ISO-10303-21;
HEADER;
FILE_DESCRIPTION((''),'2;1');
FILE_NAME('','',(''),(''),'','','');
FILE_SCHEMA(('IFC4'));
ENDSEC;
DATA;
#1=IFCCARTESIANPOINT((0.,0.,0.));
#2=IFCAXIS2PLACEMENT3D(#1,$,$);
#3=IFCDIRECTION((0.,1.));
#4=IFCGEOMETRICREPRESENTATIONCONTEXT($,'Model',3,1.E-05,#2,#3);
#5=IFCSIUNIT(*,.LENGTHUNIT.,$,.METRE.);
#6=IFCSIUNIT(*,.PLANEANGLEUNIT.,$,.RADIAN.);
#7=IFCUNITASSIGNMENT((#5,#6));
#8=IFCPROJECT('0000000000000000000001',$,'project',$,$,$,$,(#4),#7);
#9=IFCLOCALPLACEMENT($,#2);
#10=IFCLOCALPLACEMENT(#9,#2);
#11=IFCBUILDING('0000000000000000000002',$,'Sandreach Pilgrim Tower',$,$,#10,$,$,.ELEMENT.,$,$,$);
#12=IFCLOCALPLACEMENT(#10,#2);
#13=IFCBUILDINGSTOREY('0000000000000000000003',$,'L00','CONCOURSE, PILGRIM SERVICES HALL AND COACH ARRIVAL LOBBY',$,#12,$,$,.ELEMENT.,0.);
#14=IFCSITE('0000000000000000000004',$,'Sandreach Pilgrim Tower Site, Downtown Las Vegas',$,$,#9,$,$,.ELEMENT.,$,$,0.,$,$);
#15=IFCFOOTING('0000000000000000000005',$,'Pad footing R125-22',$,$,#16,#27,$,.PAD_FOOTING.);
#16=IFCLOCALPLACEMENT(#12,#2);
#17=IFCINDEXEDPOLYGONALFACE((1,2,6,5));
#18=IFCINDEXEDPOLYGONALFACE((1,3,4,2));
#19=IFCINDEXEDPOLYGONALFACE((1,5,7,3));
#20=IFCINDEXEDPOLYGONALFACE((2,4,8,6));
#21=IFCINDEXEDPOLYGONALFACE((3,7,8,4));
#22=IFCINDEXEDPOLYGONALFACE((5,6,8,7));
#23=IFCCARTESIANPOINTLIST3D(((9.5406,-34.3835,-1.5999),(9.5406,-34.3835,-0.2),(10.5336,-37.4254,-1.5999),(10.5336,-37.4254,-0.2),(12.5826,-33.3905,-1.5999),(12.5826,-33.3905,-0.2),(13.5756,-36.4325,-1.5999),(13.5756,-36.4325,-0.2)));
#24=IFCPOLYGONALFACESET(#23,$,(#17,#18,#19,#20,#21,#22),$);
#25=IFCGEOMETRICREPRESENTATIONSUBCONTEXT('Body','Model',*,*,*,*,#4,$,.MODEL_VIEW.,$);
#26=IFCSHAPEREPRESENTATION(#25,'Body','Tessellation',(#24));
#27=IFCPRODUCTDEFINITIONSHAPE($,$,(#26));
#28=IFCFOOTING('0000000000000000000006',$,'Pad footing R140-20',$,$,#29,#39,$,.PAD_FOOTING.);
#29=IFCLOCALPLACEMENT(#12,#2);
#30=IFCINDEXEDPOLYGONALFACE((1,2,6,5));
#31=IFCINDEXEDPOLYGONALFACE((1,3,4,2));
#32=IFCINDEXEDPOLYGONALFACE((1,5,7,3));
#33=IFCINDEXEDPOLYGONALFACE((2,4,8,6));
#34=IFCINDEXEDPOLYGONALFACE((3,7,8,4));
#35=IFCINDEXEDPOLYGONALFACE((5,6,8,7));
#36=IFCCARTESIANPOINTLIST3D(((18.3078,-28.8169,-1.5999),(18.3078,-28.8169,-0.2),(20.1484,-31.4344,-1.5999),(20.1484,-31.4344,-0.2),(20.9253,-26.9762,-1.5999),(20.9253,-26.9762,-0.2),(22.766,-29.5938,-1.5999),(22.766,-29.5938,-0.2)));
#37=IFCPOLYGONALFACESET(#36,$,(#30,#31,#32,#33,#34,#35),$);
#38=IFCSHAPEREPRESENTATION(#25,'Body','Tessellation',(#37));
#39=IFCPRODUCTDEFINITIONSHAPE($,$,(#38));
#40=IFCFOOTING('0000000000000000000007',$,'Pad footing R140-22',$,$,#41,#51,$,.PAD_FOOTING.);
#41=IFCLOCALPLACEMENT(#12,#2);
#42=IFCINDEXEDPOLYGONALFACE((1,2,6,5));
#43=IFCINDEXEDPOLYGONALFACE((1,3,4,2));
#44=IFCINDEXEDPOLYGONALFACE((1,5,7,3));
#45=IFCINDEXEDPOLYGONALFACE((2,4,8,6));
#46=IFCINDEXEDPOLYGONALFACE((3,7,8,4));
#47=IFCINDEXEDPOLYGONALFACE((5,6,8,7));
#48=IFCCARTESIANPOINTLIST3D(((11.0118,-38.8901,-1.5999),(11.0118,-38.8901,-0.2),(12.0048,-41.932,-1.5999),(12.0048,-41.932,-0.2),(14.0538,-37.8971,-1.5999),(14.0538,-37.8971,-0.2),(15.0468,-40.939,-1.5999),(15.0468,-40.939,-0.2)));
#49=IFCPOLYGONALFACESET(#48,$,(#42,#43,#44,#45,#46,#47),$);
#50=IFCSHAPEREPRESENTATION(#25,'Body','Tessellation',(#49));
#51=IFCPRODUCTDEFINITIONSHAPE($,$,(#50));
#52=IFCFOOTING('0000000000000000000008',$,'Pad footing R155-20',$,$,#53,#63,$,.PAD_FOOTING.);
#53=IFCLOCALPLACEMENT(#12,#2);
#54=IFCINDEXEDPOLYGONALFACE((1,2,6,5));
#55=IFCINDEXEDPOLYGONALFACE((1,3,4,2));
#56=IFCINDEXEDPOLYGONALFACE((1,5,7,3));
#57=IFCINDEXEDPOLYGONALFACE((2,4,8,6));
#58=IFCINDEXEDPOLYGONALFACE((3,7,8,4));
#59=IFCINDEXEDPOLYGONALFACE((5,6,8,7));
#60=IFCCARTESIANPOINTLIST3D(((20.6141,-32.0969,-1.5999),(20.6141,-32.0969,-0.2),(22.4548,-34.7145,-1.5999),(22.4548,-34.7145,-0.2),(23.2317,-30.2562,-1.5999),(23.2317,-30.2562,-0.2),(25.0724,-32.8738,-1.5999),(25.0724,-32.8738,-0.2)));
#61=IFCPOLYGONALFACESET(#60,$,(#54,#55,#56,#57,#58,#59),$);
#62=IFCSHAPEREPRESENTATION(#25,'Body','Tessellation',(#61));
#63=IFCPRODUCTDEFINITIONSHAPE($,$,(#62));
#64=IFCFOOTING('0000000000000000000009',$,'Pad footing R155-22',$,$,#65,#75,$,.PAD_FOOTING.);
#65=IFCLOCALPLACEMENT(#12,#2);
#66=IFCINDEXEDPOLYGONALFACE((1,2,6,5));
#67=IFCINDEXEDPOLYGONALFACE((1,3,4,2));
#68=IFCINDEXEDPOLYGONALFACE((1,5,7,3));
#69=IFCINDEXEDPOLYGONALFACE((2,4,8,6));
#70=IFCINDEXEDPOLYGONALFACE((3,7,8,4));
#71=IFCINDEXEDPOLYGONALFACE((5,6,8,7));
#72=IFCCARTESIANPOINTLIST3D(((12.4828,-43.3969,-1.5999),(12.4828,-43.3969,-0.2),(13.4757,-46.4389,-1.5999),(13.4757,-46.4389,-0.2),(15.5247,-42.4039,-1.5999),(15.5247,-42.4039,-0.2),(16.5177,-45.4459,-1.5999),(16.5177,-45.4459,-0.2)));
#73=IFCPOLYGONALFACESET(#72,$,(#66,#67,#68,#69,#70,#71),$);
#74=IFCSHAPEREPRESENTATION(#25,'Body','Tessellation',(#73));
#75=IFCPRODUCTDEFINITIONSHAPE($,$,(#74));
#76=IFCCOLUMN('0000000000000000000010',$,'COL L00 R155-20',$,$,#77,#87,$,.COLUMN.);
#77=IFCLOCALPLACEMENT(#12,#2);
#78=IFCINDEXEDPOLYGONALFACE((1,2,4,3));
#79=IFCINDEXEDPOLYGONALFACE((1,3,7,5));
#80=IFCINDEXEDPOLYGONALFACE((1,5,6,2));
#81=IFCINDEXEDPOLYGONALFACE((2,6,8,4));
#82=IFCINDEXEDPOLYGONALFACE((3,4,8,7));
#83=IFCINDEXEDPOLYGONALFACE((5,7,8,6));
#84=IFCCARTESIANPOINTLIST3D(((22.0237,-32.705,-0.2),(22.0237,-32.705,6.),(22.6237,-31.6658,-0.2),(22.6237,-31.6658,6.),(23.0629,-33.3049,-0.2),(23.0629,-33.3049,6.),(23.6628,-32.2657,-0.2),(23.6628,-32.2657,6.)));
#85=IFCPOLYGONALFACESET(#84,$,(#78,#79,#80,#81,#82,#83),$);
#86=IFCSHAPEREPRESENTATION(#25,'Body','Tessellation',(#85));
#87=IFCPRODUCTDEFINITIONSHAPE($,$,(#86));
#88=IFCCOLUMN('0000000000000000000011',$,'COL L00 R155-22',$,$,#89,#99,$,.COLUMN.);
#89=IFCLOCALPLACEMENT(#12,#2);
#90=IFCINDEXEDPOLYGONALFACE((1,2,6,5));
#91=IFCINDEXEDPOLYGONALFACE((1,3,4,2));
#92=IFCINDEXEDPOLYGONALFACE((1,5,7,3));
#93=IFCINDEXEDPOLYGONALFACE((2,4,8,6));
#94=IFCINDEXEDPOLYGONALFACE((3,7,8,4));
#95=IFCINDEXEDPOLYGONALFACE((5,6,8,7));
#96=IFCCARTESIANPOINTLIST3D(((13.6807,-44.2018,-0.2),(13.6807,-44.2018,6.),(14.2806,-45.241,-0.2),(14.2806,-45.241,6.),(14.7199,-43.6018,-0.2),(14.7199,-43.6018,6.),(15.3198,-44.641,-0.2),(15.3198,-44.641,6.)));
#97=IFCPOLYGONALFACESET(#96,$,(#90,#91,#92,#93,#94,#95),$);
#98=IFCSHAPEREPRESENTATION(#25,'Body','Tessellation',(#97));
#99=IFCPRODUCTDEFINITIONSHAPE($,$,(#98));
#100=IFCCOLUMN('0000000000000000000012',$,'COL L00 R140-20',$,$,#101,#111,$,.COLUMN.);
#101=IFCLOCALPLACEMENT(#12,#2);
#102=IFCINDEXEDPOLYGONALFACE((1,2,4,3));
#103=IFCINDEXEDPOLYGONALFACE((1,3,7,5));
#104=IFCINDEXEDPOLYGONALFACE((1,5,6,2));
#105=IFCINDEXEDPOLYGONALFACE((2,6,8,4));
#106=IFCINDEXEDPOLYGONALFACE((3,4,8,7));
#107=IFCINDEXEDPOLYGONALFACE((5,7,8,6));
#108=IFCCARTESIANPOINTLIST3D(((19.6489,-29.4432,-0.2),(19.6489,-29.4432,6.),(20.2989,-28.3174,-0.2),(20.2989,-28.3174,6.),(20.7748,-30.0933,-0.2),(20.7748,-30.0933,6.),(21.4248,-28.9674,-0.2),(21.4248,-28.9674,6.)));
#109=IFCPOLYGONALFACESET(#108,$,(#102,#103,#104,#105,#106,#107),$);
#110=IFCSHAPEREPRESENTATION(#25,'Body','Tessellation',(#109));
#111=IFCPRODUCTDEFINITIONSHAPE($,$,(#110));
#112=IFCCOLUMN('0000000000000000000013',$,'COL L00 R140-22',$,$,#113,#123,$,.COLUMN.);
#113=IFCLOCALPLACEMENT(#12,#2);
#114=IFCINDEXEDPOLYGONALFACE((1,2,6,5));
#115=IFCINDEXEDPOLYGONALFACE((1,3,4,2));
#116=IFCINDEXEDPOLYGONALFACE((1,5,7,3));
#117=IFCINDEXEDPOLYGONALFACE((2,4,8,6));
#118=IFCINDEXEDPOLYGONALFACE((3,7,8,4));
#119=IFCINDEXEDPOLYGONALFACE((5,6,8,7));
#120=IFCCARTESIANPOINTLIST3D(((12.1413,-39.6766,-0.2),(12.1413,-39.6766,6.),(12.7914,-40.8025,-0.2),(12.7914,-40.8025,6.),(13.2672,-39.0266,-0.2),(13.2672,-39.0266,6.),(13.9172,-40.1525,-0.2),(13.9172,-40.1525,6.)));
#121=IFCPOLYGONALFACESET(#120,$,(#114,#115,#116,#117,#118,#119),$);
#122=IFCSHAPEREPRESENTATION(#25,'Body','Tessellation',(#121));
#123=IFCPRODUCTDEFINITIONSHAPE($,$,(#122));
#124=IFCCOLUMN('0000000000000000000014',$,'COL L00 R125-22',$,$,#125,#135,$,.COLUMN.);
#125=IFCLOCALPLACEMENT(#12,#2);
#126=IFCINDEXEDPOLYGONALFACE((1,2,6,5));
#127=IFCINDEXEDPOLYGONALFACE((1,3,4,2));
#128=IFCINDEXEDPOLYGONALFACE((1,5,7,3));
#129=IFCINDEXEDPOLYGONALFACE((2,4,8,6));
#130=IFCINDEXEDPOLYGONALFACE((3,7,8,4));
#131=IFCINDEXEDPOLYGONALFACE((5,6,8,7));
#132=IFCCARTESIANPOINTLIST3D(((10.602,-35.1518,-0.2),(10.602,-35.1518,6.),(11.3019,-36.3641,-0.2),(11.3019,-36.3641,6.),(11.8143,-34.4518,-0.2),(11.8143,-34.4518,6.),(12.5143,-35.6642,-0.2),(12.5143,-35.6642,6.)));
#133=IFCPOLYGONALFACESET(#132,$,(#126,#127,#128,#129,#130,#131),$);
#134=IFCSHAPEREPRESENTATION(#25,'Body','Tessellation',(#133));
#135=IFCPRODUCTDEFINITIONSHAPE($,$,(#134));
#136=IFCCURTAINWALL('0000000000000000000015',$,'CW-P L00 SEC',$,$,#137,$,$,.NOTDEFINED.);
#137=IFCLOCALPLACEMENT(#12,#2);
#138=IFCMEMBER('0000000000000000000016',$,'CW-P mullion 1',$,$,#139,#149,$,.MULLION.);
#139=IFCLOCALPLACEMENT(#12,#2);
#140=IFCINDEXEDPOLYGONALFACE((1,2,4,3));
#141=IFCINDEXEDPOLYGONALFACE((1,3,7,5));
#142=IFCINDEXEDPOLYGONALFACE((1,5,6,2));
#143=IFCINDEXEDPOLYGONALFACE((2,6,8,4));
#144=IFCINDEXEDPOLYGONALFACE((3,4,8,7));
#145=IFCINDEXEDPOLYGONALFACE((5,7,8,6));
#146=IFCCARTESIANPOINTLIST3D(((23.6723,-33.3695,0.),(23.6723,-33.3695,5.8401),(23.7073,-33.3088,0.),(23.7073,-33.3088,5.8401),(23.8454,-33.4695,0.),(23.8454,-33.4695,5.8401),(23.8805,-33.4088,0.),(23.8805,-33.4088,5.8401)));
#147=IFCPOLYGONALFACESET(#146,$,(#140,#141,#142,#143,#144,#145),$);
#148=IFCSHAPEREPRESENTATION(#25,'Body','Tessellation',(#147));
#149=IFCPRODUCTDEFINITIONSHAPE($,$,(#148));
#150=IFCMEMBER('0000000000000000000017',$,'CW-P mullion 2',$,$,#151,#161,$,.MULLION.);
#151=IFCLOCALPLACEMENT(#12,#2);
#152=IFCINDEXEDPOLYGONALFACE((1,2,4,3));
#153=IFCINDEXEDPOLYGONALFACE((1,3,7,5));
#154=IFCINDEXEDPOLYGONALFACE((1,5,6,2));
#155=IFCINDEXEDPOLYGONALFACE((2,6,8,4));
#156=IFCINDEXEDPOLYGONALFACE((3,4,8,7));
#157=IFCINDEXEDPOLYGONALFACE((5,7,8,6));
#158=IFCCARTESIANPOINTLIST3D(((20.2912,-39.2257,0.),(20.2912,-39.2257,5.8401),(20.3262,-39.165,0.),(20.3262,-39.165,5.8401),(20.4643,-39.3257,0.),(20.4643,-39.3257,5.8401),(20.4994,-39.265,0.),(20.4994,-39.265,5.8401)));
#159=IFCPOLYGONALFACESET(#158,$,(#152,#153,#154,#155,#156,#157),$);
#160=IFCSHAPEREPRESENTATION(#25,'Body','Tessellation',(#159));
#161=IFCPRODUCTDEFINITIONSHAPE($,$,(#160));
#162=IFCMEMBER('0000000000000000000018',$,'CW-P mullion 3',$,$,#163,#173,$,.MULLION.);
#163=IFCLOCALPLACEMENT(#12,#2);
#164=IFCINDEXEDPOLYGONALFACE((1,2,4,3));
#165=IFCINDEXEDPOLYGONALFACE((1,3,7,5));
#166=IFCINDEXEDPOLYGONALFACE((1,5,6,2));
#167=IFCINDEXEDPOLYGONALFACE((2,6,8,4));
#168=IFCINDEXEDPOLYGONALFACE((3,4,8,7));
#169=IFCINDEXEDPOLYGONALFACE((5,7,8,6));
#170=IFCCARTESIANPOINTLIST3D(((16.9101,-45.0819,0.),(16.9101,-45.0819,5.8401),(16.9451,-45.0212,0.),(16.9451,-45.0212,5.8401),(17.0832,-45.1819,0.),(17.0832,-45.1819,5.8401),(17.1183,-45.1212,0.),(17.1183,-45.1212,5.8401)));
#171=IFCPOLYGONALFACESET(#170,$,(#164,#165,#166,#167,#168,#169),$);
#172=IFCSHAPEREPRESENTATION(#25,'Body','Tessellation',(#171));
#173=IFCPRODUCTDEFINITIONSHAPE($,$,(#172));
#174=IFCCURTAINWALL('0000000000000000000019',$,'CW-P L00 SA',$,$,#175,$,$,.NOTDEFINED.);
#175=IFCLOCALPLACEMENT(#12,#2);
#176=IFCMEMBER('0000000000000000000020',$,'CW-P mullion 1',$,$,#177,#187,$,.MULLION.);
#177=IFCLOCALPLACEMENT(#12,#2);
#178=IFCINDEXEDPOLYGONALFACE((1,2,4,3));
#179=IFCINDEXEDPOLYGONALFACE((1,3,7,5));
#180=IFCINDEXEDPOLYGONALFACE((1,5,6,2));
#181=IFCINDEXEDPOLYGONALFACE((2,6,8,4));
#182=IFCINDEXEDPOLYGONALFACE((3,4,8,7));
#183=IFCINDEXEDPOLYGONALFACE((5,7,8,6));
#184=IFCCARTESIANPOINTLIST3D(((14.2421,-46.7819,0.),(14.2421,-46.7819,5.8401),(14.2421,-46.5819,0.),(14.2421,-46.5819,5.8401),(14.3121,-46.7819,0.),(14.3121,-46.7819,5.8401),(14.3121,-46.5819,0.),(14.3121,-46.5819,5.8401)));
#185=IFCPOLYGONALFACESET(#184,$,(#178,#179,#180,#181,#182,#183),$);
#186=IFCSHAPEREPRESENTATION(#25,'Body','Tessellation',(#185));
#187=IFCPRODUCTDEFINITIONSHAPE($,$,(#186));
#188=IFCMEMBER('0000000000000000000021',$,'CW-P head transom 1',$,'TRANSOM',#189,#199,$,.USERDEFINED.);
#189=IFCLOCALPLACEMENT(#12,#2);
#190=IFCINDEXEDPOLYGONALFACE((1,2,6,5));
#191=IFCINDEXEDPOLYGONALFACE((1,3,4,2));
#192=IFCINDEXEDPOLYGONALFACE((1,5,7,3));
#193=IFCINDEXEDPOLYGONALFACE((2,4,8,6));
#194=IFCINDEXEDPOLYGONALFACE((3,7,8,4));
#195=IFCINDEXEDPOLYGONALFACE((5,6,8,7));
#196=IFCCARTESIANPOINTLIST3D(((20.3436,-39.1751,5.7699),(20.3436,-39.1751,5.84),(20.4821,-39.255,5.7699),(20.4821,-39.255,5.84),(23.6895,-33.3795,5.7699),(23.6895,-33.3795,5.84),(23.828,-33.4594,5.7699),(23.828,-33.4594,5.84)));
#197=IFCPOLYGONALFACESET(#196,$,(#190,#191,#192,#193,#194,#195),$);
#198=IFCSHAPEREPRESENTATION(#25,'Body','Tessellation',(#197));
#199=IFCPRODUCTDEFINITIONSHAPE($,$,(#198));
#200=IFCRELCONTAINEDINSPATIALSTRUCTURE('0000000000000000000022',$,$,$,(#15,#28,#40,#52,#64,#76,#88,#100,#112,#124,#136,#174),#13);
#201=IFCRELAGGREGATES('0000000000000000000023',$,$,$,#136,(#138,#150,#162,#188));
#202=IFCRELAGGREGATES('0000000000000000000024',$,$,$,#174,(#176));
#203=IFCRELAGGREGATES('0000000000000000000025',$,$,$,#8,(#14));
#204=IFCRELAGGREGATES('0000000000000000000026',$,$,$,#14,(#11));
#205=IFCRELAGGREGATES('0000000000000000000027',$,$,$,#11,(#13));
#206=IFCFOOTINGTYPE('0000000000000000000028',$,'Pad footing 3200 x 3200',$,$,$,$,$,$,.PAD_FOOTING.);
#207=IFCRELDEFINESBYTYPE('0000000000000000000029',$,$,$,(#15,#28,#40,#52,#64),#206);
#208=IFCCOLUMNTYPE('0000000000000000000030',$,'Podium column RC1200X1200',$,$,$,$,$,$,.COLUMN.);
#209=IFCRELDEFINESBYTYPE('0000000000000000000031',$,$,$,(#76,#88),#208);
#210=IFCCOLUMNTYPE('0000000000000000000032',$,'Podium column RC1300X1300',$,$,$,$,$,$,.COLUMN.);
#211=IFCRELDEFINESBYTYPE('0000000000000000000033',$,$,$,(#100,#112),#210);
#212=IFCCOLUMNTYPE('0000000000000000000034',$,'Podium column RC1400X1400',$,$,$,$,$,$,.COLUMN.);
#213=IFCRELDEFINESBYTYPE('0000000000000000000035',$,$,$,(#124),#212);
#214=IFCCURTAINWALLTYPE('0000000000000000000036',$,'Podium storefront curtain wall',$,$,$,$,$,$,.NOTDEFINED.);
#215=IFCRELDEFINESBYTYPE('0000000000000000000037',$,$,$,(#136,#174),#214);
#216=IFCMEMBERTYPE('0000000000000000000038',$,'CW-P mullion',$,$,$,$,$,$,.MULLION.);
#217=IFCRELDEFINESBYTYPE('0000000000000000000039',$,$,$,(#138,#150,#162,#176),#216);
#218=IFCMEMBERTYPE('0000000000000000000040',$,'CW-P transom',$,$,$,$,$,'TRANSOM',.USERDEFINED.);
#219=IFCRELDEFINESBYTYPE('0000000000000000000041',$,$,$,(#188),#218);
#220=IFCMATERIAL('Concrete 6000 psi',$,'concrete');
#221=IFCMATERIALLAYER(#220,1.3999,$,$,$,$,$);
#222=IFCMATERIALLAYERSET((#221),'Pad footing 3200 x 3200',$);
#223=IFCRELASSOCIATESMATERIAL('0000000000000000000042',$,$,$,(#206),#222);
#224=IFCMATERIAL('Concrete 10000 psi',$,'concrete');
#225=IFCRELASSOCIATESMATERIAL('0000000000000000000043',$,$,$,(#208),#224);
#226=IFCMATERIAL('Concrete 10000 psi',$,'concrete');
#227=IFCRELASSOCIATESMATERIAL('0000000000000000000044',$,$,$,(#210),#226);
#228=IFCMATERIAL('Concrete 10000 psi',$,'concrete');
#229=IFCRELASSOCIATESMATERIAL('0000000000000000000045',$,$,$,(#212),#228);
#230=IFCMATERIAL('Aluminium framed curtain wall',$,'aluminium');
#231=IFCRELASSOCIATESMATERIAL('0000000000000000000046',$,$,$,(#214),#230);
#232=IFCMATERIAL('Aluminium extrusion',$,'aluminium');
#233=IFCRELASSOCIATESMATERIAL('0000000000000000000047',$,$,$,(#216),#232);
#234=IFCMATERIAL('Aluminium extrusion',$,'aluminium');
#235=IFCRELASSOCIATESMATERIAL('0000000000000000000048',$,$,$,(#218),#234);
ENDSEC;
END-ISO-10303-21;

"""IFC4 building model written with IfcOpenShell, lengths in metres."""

from ifc_helpers import new_model, si_unit, direction, frame, origin, origin_2d, place, context, subcontext, project, spatial, rectangle, extrude, material, layer, layer_set, material_profile, profile_set, type_object, element, aggregate, save


model = new_model("IFC4")

# Units and contexts
model_context = context("Model", 3, precision=1e-05, world=origin(), true_north=direction((0.0, 1.0)))
body_context = subcontext(model_context, "Body", "Model", "MODEL_VIEW")
ifc_project = project(units=[si_unit("LENGTHUNIT", "METRE"), si_unit("PLANEANGLEUNIT", "RADIAN")], contexts=[model_context])

# Site, building, storey
site_placement = place(None, origin())
site = spatial("IfcSite", under=ifc_project, at=site_placement, Name="Sandreach Pilgrim Tower Site, Downtown Las Vegas", CompositionType="ELEMENT", RefElevation=0.0)
building_placement = place(site_placement, origin())
building = spatial("IfcBuilding", under=site, at=building_placement, Name="Sandreach Pilgrim Tower", CompositionType="ELEMENT")
storey_placement = place(building_placement, origin())
storey = spatial("IfcBuildingStorey", under=building, at=storey_placement, Name="L00", Description="CONCOURSE, PILGRIM SERVICES HALL AND COACH ARRIVAL LOBBY", CompositionType="ELEMENT", Elevation=0.0)

# Footings
ifc_material_1 = material(Name="Concrete 6000 psi", Category="concrete")
ifc_layer_1 = layer(ifc_material_1, 1.3999)
ifc_layer_set_1 = layer_set([ifc_layer_1], Name="Pad footing 3200 x 3200")
footing_type = type_object("IfcFootingType", Name="Pad footing 3200 x 3200", PredefinedType="PAD_FOOTING", material=ifc_layer_set_1)
for number, where, z_axis, x_axis, name in (
    (1, (11.5581, -35.408, -1.5999), (0.0, 0.0, 1.0), (0.310313, -0.950635, 0.0), "Pad footing R125-22"),
    (2, (20.5369, -29.2053, -1.5999), (0.0, 0.0, 1.0), (0.575212, -0.818005, 0.0), "Pad footing R140-20"),
    (3, (13.0293, -39.9146, -1.5999), (0.0, 0.0, 1.0), (0.310313, -0.950635, 0.0), "Pad footing R140-22"),
    (4, (22.8433, -32.4854, -1.5999), (0.0, 0.0, 1.0), (0.575212, -0.818005, 0.0), "Pad footing R155-20"),
    (5, (14.5002, -44.4214, -1.5999), (0.0, 0.0, 1.0), (0.310313, -0.950635, 0.0), "Pad footing R155-22"),
):
    element("IfcFooting", number, at=place(storey_placement, frame(where, z_axis=z_axis, x_axis=x_axis)), inside=storey, type_object=footing_type, Name=name, PredefinedType="PAD_FOOTING", context=body_context, shape_type="SweptSolid", body=[
        extrude(rectangle(XDim=3.2, YDim=3.2, at=origin_2d()), origin(), (0.0, 0.0, 1.0), 1.3999),
    ])

# Columns
ifc_material_2 = material(Name="Concrete 10000 psi", Category="concrete")
ifc_material_profile_1 = material_profile(ifc_material_2, rectangle(XDim=1.2, YDim=1.2, at=origin_2d()), Name="RC1200X1200")
ifc_profile_set_1 = profile_set([ifc_material_profile_1], Name="Concrete 10000 psi")
column_type_1 = type_object("IfcColumnType", Name="Podium column RC1200X1200", PredefinedType="COLUMN", material=ifc_profile_set_1)
for number, where, z_axis, x_axis, name in (
    (6, (22.8433, -32.4854, -0.2), (0.0, 0.0, 1.0), (0.866025, -0.5, 0.0), "COL L00 R155-20"),
    (7, (14.5002, -44.4214, -0.2), (0.0, 0.0, 1.0), (0.5, -0.866025, 0.0), "COL L00 R155-22"),
):
    element("IfcColumn", number, at=place(storey_placement, frame(where, z_axis=z_axis, x_axis=x_axis)), inside=storey, type_object=column_type_1, Name=name, PredefinedType="COLUMN", context=body_context, shape_type="SweptSolid", body=[
        extrude(rectangle(XDim=1.2, YDim=1.2, at=origin_2d()), origin(), (0.0, 0.0, 1.0), 6.2),
    ])
ifc_material_3 = material(Name="Concrete 10000 psi", Category="concrete")
ifc_material_profile_2 = material_profile(ifc_material_3, rectangle(XDim=1.3, YDim=1.3, at=origin_2d()), Name="RC1300X1300")
ifc_profile_set_2 = profile_set([ifc_material_profile_2], Name="Concrete 10000 psi")
column_type_2 = type_object("IfcColumnType", Name="Podium column RC1300X1300", PredefinedType="COLUMN", material=ifc_profile_set_2)
for number, where, z_axis, x_axis, name in (
    (8, (20.5369, -29.2053, -0.2), (0.0, 0.0, 1.0), (0.866025, -0.5, 0.0), "COL L00 R140-20"),
    (9, (13.0293, -39.9146, -0.2), (0.0, 0.0, 1.0), (0.5, -0.866025, 0.0), "COL L00 R140-22"),
):
    element("IfcColumn", number, at=place(storey_placement, frame(where, z_axis=z_axis, x_axis=x_axis)), inside=storey, type_object=column_type_2, Name=name, PredefinedType="COLUMN", context=body_context, shape_type="SweptSolid", body=[
        extrude(rectangle(XDim=1.3, YDim=1.3, at=origin_2d()), origin(), (0.0, 0.0, 1.0), 6.2),
    ])
ifc_material_4 = material(Name="Concrete 10000 psi", Category="concrete")
ifc_material_profile_3 = material_profile(ifc_material_4, rectangle(XDim=1.3999, YDim=1.3999, at=origin_2d()), Name="RC1400X1400")
ifc_profile_set_3 = profile_set([ifc_material_profile_3], Name="Concrete 10000 psi")
column_type_3 = type_object("IfcColumnType", Name="Podium column RC1400X1400", PredefinedType="COLUMN", material=ifc_profile_set_3)
column_placement = place(storey_placement, frame((11.5581, -35.408, -0.2), z_axis=(0.0, 0.0, 1.0), x_axis=(0.5, -0.866025, 0.0)))
element("IfcColumn", 10, at=column_placement, inside=storey, type_object=column_type_3, Name="COL L00 R125-22", PredefinedType="COLUMN", context=body_context, shape_type="SweptSolid", body=[
    extrude(rectangle(XDim=1.3999, YDim=1.3999, at=origin_2d()), origin(), (0.0, 0.0, 1.0), 6.2),
])

# Curtain wall, members
ifc_material_5 = material(Name="Aluminium framed curtain wall", Category="aluminium")
curtain_wall_type = type_object("IfcCurtainWallType", Name="Podium storefront curtain wall", PredefinedType="NOTDEFINED", material=ifc_material_5)
curtain_wall_1_placement = place(storey_placement, origin())
curtain_wall_1 = element("IfcCurtainWall", 11, at=curtain_wall_1_placement, inside=storey, type_object=curtain_wall_type, Name="CW-P L00 SEC", PredefinedType="NOTDEFINED")
ifc_material_6 = material(Name="Aluminium extrusion", Category="aluminium")
ifc_material_profile_4 = material_profile(ifc_material_6, rectangle(XDim=0.0701, YDim=0.2, at=origin_2d()), Name="CW-PM 70X200")
ifc_profile_set_4 = profile_set([ifc_material_profile_4], Name="Aluminium extrusion")
member_type_1 = type_object("IfcMemberType", Name="CW-P mullion", PredefinedType="MULLION", material=ifc_profile_set_4)
member_1_placement = place(storey_placement, frame((23.7764, -33.3892, 0.0), z_axis=(0.0, 0.0, 1.0), x_axis=(-0.5, -0.866025, 0.0)))
member_1 = element("IfcMember", 12, at=member_1_placement, type_object=member_type_1, Name="CW-P mullion 1", PredefinedType="MULLION", context=body_context, shape_type="SweptSolid", body=[
    extrude(rectangle(XDim=0.0701, YDim=0.2, at=origin_2d()), origin(), (0.0, 0.0, 1.0), 5.8401),
])
member_2_placement = place(storey_placement, frame((20.3953, -39.2454, 0.0), z_axis=(0.0, 0.0, 1.0), x_axis=(-0.5, -0.866025, 0.0)))
member_2 = element("IfcMember", 13, at=member_2_placement, type_object=member_type_1, Name="CW-P mullion 2", PredefinedType="MULLION", context=body_context, shape_type="SweptSolid", body=[
    extrude(rectangle(XDim=0.0701, YDim=0.2, at=origin_2d()), origin(), (0.0, 0.0, 1.0), 5.8401),
])
member_3_placement = place(storey_placement, frame((17.0142, -45.1016, 0.0), z_axis=(0.0, 0.0, 1.0), x_axis=(-0.5, -0.866025, 0.0)))
member_3 = element("IfcMember", 14, at=member_3_placement, type_object=member_type_1, Name="CW-P mullion 3", PredefinedType="MULLION", context=body_context, shape_type="SweptSolid", body=[
    extrude(rectangle(XDim=0.0701, YDim=0.2, at=origin_2d()), origin(), (0.0, 0.0, 1.0), 5.8401),
])

# Curtain wall, member
curtain_wall_2_placement = place(storey_placement, origin())
curtain_wall_2 = element("IfcCurtainWall", 15, at=curtain_wall_2_placement, inside=storey, type_object=curtain_wall_type, Name="CW-P L00 SA", PredefinedType="NOTDEFINED")
member_4_placement = place(storey_placement, frame((14.2771, -46.6819, 0.0), z_axis=(0.0, 0.0, 1.0), x_axis=(-1.0, 0.0, 0.0)))
member_4 = element("IfcMember", 16, at=member_4_placement, type_object=member_type_1, Name="CW-P mullion 1", PredefinedType="MULLION", context=body_context, shape_type="SweptSolid", body=[
    extrude(rectangle(XDim=0.0701, YDim=0.2, at=origin_2d()), origin(), (0.0, 0.0, 1.0), 5.8401),
])

# Member
ifc_material_7 = material(Name="Aluminium extrusion", Category="aluminium")
ifc_material_profile_5 = material_profile(ifc_material_7, rectangle(XDim=0.1599, YDim=0.0701, at=origin_2d()), Name="CW-PT 160X70")
ifc_profile_set_5 = profile_set([ifc_material_profile_5], Name="Aluminium extrusion")
member_type_2 = type_object("IfcMemberType", Name="CW-P transom", ElementType="TRANSOM", PredefinedType="USERDEFINED", material=ifc_profile_set_5)
member_5_placement = place(storey_placement, frame((23.7588, -33.4194, 5.8049), z_axis=(-0.49998, -0.866037, 0.0), x_axis=(0.866037, -0.49998, 0.0)))
member_5 = element("IfcMember", 17, at=member_5_placement, type_object=member_type_2, Name="CW-P head transom 1", ObjectType="TRANSOM", PredefinedType="USERDEFINED", context=body_context, shape_type="SweptSolid", body=[
    extrude(rectangle(XDim=0.1599, YDim=0.0701, at=origin_2d()), origin(), (0.0, 0.0, 1.0), 6.6921),
])

aggregate(curtain_wall_1, [member_1, member_2, member_3, member_5])
aggregate(curtain_wall_2, [member_4])

save(model, "model.ifc")
